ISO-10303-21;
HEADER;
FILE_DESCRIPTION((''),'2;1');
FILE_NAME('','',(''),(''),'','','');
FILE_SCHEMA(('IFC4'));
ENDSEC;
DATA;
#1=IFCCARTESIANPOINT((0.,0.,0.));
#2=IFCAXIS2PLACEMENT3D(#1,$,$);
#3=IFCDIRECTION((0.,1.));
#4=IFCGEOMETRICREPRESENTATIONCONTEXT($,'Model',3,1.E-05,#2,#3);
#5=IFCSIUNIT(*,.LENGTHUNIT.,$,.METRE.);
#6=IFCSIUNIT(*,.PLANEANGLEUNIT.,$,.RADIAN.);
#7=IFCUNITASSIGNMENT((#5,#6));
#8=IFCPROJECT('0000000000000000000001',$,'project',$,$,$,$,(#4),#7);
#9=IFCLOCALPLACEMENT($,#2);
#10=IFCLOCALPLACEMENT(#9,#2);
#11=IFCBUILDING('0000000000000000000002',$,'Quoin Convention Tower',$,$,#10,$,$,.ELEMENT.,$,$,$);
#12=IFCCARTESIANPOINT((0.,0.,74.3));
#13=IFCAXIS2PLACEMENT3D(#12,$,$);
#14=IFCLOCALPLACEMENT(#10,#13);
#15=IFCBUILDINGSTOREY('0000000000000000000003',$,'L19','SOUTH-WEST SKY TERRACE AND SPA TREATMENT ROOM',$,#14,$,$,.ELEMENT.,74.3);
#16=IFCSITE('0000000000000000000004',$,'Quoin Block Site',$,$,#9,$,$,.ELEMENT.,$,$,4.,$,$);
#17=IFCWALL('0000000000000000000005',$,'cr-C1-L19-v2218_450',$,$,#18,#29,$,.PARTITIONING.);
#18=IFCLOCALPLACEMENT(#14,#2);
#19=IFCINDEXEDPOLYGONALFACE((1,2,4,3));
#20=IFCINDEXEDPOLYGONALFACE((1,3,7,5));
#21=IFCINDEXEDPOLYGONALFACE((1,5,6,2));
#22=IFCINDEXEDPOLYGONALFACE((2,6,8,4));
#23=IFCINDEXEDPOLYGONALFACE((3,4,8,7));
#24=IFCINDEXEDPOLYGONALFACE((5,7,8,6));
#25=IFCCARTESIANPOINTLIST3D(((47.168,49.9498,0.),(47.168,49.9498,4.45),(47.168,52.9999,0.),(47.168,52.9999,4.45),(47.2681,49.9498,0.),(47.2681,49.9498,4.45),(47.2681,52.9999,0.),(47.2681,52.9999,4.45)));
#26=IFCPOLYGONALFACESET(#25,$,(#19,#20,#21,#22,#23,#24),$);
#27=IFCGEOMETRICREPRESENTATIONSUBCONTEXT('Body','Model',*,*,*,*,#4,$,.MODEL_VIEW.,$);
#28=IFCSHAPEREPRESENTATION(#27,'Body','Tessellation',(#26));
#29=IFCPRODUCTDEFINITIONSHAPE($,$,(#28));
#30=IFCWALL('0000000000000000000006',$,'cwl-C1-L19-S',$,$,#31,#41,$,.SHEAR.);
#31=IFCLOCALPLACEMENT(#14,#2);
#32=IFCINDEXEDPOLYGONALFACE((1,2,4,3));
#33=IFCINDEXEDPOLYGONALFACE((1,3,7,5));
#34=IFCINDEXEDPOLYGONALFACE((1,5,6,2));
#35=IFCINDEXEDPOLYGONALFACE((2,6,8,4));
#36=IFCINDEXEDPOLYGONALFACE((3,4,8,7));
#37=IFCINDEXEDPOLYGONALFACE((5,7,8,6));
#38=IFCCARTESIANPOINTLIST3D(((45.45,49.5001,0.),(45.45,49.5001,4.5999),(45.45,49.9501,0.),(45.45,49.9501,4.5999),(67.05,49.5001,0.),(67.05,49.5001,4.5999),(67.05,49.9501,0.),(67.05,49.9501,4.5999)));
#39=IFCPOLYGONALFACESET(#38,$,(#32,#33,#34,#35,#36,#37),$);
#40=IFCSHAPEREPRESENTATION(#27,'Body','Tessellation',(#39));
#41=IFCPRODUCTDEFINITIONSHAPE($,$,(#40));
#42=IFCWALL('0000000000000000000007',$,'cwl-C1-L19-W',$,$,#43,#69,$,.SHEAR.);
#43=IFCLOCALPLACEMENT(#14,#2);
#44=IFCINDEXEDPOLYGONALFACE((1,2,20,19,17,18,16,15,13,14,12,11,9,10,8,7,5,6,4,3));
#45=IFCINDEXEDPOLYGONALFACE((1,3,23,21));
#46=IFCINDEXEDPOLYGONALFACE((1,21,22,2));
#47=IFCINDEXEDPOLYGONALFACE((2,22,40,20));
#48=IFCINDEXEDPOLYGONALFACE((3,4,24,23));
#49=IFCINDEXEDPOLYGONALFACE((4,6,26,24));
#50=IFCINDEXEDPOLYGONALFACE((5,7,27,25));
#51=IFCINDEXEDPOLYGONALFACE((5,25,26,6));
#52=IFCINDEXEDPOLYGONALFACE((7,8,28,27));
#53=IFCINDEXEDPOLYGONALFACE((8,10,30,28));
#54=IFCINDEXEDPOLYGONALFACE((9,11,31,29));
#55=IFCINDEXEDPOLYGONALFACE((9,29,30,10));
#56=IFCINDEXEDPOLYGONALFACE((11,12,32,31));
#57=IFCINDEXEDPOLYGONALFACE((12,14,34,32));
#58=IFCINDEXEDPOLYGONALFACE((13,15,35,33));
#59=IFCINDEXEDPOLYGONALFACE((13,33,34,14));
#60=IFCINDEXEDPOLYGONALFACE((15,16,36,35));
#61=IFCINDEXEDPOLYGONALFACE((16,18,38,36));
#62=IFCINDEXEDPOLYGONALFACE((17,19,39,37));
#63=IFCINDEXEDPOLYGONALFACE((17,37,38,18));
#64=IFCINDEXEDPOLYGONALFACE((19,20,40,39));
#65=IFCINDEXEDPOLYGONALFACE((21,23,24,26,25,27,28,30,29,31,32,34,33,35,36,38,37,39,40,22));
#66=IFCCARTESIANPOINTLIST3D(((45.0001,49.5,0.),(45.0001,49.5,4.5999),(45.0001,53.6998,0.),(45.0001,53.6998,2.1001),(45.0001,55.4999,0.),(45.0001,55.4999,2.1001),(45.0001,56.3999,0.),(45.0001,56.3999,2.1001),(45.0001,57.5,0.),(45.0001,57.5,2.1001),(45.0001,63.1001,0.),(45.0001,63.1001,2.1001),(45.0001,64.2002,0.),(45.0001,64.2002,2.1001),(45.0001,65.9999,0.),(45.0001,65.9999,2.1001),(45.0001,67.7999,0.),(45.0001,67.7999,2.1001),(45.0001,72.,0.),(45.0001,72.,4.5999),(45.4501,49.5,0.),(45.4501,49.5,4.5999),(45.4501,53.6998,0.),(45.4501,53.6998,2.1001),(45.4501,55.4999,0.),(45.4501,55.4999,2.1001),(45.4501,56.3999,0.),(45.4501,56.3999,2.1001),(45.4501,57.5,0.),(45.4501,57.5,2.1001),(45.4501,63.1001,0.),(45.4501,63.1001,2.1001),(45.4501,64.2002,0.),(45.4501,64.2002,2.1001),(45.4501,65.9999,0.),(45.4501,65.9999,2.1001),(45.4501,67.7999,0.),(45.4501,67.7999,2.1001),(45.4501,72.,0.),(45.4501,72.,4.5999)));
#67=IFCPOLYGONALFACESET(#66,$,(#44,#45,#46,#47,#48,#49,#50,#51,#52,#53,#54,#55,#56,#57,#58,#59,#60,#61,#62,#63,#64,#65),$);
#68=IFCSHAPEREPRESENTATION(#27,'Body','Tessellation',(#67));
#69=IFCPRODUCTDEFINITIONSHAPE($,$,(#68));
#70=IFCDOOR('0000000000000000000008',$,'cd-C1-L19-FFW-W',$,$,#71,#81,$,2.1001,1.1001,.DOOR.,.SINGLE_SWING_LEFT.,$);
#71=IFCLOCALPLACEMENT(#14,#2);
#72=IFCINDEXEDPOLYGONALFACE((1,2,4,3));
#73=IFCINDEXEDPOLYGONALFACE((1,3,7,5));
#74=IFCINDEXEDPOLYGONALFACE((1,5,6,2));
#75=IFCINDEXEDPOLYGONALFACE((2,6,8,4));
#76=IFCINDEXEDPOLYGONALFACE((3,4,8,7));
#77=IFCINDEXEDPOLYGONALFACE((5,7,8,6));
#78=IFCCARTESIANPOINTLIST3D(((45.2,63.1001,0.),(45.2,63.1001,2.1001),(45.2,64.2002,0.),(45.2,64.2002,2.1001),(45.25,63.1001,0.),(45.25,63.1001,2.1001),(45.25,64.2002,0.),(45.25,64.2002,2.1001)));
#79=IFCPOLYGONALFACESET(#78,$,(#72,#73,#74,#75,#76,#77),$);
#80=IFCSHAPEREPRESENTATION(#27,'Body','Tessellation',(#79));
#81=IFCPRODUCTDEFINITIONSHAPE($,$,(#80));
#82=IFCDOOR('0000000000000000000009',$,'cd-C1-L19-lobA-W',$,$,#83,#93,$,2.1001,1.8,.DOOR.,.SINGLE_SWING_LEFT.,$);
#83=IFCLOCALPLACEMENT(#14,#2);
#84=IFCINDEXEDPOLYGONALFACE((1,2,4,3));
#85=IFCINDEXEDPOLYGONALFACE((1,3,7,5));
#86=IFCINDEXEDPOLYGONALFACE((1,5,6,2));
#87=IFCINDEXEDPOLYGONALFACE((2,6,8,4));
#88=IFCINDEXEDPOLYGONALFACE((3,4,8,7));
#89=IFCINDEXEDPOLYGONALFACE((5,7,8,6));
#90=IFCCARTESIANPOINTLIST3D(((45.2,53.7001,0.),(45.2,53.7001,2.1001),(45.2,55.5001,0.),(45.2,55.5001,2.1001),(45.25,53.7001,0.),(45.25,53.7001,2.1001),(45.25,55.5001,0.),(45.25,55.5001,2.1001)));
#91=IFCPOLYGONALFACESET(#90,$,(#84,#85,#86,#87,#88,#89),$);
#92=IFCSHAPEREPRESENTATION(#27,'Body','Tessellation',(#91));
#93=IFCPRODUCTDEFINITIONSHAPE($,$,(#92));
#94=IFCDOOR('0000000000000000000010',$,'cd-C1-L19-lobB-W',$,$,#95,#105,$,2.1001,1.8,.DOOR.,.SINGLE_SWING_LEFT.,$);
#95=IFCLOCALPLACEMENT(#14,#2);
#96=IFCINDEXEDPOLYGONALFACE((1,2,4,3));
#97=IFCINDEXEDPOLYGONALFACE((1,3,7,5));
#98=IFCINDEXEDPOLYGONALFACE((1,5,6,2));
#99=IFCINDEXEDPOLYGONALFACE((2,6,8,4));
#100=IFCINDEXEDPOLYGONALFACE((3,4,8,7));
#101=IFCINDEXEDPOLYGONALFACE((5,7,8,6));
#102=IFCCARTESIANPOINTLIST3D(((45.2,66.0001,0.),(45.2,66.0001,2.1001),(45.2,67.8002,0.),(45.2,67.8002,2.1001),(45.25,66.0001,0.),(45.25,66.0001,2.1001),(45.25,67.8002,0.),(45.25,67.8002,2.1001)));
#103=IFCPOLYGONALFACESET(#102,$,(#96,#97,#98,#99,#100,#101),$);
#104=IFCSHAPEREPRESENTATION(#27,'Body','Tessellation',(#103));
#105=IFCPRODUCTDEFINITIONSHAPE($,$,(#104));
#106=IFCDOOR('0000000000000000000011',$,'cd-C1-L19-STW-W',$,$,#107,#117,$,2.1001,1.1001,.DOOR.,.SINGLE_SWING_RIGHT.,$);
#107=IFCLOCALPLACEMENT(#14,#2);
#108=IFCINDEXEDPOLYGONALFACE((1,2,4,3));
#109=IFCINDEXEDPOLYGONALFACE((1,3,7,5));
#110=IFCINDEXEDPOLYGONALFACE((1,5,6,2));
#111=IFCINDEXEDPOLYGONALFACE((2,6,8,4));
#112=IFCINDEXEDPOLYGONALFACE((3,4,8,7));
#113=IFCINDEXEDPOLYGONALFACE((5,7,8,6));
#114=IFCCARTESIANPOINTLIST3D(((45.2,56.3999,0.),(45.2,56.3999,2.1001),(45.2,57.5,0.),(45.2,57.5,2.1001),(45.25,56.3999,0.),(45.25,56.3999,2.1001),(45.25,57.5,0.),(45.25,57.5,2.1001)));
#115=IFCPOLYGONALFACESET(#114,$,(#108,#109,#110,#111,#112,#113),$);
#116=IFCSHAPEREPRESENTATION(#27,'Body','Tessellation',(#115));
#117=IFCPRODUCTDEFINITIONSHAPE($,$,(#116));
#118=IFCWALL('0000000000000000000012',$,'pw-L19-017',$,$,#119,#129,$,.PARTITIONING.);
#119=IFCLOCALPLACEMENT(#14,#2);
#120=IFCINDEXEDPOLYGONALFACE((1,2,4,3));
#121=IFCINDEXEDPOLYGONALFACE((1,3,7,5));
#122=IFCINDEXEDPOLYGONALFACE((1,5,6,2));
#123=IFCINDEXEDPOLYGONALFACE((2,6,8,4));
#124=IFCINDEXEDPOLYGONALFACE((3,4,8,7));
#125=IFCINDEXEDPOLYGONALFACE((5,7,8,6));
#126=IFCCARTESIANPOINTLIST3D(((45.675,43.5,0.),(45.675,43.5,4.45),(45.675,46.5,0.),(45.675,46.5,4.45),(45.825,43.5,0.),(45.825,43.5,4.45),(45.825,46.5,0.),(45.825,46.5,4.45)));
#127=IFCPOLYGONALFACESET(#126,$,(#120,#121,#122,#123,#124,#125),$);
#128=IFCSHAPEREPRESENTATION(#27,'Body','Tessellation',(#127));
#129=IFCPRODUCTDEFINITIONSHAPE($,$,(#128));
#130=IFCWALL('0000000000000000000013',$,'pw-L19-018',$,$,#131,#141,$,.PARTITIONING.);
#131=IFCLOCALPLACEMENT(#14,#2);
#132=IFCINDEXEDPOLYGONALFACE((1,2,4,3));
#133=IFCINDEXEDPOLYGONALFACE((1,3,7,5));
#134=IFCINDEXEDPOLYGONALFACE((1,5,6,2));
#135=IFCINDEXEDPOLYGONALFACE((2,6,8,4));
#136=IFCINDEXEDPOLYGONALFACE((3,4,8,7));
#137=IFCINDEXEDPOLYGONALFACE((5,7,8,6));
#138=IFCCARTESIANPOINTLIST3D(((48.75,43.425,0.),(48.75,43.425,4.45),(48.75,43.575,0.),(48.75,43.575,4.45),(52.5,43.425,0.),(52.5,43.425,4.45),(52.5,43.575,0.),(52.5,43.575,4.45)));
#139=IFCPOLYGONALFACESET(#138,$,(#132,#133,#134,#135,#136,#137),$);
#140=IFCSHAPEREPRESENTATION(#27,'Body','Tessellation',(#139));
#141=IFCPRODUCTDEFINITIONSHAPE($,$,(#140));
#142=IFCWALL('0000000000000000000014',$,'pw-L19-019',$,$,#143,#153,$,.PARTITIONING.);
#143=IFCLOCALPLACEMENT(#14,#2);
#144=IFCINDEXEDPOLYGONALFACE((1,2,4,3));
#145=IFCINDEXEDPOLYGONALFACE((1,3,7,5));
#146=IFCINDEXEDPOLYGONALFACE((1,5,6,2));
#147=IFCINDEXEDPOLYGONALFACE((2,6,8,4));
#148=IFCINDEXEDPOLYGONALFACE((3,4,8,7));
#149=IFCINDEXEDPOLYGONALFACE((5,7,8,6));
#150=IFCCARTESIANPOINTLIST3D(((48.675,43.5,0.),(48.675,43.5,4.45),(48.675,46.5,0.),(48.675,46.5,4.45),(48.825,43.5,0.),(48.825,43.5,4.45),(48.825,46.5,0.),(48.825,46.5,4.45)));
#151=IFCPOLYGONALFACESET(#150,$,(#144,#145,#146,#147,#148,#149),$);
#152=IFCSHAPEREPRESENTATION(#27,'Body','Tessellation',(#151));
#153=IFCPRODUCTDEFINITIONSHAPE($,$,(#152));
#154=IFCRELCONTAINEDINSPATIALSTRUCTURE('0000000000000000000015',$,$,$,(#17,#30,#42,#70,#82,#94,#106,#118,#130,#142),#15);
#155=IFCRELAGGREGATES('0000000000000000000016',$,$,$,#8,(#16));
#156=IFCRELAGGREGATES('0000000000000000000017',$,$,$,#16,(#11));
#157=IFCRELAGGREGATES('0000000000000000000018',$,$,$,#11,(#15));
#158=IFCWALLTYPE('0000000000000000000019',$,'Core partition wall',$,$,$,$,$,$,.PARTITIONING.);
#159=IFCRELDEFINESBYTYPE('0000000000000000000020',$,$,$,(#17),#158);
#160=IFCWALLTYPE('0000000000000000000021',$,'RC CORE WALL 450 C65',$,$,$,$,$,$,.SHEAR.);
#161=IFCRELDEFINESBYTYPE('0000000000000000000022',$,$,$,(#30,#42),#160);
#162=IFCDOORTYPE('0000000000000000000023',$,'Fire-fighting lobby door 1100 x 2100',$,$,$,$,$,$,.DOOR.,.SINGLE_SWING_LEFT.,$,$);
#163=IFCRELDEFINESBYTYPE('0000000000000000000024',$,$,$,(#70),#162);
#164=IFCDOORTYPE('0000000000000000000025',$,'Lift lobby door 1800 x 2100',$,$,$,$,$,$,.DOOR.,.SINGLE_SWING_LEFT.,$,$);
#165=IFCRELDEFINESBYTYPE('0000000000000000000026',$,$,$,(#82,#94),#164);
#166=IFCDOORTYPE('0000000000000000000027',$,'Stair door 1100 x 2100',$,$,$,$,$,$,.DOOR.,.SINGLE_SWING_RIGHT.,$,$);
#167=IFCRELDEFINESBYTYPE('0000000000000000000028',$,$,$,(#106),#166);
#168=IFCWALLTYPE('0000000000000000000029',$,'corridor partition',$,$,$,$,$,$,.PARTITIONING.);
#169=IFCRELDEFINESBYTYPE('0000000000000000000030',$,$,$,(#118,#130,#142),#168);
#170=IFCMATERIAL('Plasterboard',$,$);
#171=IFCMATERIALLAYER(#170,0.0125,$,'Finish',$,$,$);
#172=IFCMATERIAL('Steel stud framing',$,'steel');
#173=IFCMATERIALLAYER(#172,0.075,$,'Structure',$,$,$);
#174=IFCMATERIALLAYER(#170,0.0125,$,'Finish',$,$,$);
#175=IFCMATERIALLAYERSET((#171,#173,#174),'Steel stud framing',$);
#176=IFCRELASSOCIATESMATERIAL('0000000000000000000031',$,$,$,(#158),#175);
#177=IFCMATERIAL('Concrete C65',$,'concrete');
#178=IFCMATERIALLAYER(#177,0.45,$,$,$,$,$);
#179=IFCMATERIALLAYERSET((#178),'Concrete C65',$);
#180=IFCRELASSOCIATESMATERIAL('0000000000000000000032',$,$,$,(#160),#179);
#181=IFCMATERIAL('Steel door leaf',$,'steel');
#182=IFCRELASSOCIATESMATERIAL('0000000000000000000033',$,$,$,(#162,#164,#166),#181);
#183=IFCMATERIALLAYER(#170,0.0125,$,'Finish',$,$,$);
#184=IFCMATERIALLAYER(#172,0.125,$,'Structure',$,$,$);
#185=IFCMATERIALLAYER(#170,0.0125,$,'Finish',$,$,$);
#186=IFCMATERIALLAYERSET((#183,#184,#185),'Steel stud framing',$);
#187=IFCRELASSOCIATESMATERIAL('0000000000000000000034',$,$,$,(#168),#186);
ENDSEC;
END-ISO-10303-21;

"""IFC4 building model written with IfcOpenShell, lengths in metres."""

from ifc_helpers import new_model, si_unit, direction, frame, frame_2d, origin, place, context, subcontext, project, spatial, rectangle, extrude, material, layer, layer_set, type_object, element, fill, save


model = new_model("IFC4")

# Units and contexts
model_context = context("Model", 3, precision=1e-05, world=origin(), true_north=direction((0.0, 1.0)))
body_context = subcontext(model_context, "Body", "Model", "MODEL_VIEW")
ifc_project = project(units=[si_unit("LENGTHUNIT", "METRE"), si_unit("PLANEANGLEUNIT", "RADIAN")], contexts=[model_context])

# Site, building, storey
site_placement = place(None, origin())
site = spatial("IfcSite", under=ifc_project, at=site_placement, Name="Quoin Block Site", CompositionType="ELEMENT", RefElevation=4.0)
building_placement = place(site_placement, origin())
building = spatial("IfcBuilding", under=site, at=building_placement, Name="Quoin Convention Tower", CompositionType="ELEMENT")
storey_placement = place(building_placement, frame((0.0, 0.0, 74.3)))
storey = spatial("IfcBuildingStorey", under=building, at=storey_placement, Name="L19", Description="SOUTH-WEST SKY TERRACE AND SPA TREATMENT ROOM", CompositionType="ELEMENT", Elevation=74.3)

# Walls
ifc_material_1 = material(Name="Plasterboard")
ifc_layer_1 = layer(ifc_material_1, 0.0125, Name="Finish")
ifc_material_2 = material(Name="Steel stud framing", Category="steel")
ifc_layer_2 = layer(ifc_material_2, 0.075, Name="Structure")
ifc_layer_3 = layer(ifc_material_1, 0.0125, Name="Finish")
ifc_layer_set_1 = layer_set([ifc_layer_1, ifc_layer_2, ifc_layer_3], Name="Steel stud framing")
wall_type_1 = type_object("IfcWallType", Name="Core partition wall", PredefinedType="PARTITIONING", material=ifc_layer_set_1)
wall_1_placement = place(storey_placement, frame((47.218, 49.95, 0.0), z_axis=(0.0, 0.0, 1.0), x_axis=(0.0, 1.0, 0.0)))
element("IfcWall", 1, at=wall_1_placement, inside=storey, type_object=wall_type_1, Name="cr-C1-L19-v2218_450", PredefinedType="PARTITIONING", context=body_context, shape_type="SweptSolid", body=[
    extrude(rectangle(XDim=3.05, YDim=0.1001, at=frame_2d((1.5249, 0.0))), origin(), (0.0, 0.0, 1.0), 4.45),
])
ifc_material_3 = material(Name="Concrete C65", Category="concrete")
ifc_layer_4 = layer(ifc_material_3, 0.45)
ifc_layer_set_2 = layer_set([ifc_layer_4], Name="Concrete C65")
wall_type_2 = type_object("IfcWallType", Name="RC CORE WALL 450 C65", PredefinedType="SHEAR", material=ifc_layer_set_2)
wall_2_placement = place(storey_placement, frame((45.45, 49.7251, 0.0), z_axis=(0.0, 0.0, 1.0), x_axis=(1.0, 0.0, 0.0)))
element("IfcWall", 2, at=wall_2_placement, inside=storey, type_object=wall_type_2, Name="cwl-C1-L19-S", PredefinedType="SHEAR", context=body_context, shape_type="SweptSolid", body=[
    extrude(rectangle(XDim=21.6001, YDim=0.45, at=frame_2d((10.8, 0.0))), origin(), (0.0, 0.0, 1.0), 4.5999),
])

# Wall, openings, doors
wall_3_placement = place(storey_placement, frame((45.2251, 49.5, 0.0), z_axis=(0.0, 0.0, 1.0), x_axis=(0.0, 1.0, 0.0)))
wall_3 = element("IfcWall", 3, at=wall_3_placement, inside=storey, type_object=wall_type_2, Name="cwl-C1-L19-W", PredefinedType="SHEAR", context=body_context, shape_type="SweptSolid", body=[
    extrude(rectangle(XDim=22.5, YDim=0.45, at=frame_2d((11.25, 0.0))), origin(), (0.0, 0.0, 1.0), 4.5999),
])
opening_1_placement = place(wall_3_placement, frame((4.2, 0.0, 0.0)))
opening_1 = element("IfcOpeningElement", 4, at=opening_1_placement, cuts=wall_3, PredefinedType="OPENING", context=body_context, shape_type="SweptSolid", body=[
    extrude(rectangle(XDim=1.8, YDim=2.1001, at=frame_2d((0.8999, 1.05))), frame((0.0, 0.2349, 0.0), z_axis=(0.0, -1.0, 0.0), x_axis=(1.0, 0.0, 0.0)), (0.0, 0.0, 1.0), 0.47),
])
opening_2_placement = place(wall_3_placement, frame((6.8999, 0.0, 0.0)))
opening_2 = element("IfcOpeningElement", 5, at=opening_2_placement, cuts=wall_3, PredefinedType="OPENING", context=body_context, shape_type="SweptSolid", body=[
    extrude(rectangle(XDim=1.1001, YDim=2.1001, at=frame_2d((0.55, 1.05))), frame((0.0, 0.2349, 0.0), z_axis=(0.0, -1.0, 0.0), x_axis=(1.0, 0.0, 0.0)), (0.0, 0.0, 1.0), 0.47),
])
opening_3_placement = place(wall_3_placement, frame((13.6001, 0.0, 0.0)))
opening_3 = element("IfcOpeningElement", 6, at=opening_3_placement, cuts=wall_3, PredefinedType="OPENING", context=body_context, shape_type="SweptSolid", body=[
    extrude(rectangle(XDim=1.1001, YDim=2.1001, at=frame_2d((0.55, 1.05))), frame((0.0, 0.2349, 0.0), z_axis=(0.0, -1.0, 0.0), x_axis=(1.0, 0.0, 0.0)), (0.0, 0.0, 1.0), 0.47),
])
opening_4_placement = place(wall_3_placement, frame((16.5, 0.0, 0.0)))
opening_4 = element("IfcOpeningElement", 7, at=opening_4_placement, cuts=wall_3, PredefinedType="OPENING", context=body_context, shape_type="SweptSolid", body=[
    extrude(rectangle(XDim=1.8, YDim=2.1001, at=frame_2d((0.8999, 1.05))), frame((0.0, 0.2349, 0.0), z_axis=(0.0, -1.0, 0.0), x_axis=(1.0, 0.0, 0.0)), (0.0, 0.0, 1.0), 0.47),
])
ifc_material_4 = material(Name="Steel door leaf", Category="steel")
door_type_1 = type_object("IfcDoorType", Name="Fire-fighting lobby door 1100 x 2100", OperationType="SINGLE_SWING_LEFT", PredefinedType="DOOR", material=ifc_material_4)
door_1_placement = place(opening_3_placement, frame((1.1001, 0.0, 0.0), z_axis=(0.0, 0.0, 1.0), x_axis=(-1.0, 0.0, 0.0)))
door_1 = element("IfcDoor", 8, at=door_1_placement, inside=storey, type_object=door_type_1, Name="cd-C1-L19-FFW-W", OperationType="SINGLE_SWING_LEFT", OverallHeight=2.1001, OverallWidth=1.1001, PredefinedType="DOOR", context=body_context, shape_type="SweptSolid", body=[
    extrude(rectangle(XDim=1.1001, YDim=2.1001, at=frame_2d((0.55, 1.05))), frame((0.0, 0.0249, 0.0), z_axis=(0.0, -1.0, 0.0), x_axis=(1.0, 0.0, 0.0)), (0.0, 0.0, 1.0), 0.05),
])
fill(opening_3, door_1)
door_type_2 = type_object("IfcDoorType", Name="Lift lobby door 1800 x 2100", OperationType="SINGLE_SWING_LEFT", PredefinedType="DOOR", material=ifc_material_4)
door_2_placement = place(opening_1_placement, frame((1.8, 0.0, 0.0), z_axis=(0.0, 0.0, 1.0), x_axis=(-1.0, 0.0, 0.0)))
door_2 = element("IfcDoor", 9, at=door_2_placement, inside=storey, type_object=door_type_2, Name="cd-C1-L19-lobA-W", OperationType="SINGLE_SWING_LEFT", OverallHeight=2.1001, OverallWidth=1.8, PredefinedType="DOOR", context=body_context, shape_type="SweptSolid", body=[
    extrude(rectangle(XDim=1.8, YDim=2.1001, at=frame_2d((0.8999, 1.05))), frame((0.0, 0.0249, 0.0), z_axis=(0.0, -1.0, 0.0), x_axis=(1.0, 0.0, 0.0)), (0.0, 0.0, 1.0), 0.05),
])
fill(opening_1, door_2)
door_3_placement = place(opening_4_placement, frame((1.8, 0.0, 0.0), z_axis=(0.0, 0.0, 1.0), x_axis=(-1.0, 0.0, 0.0)))
door_3 = element("IfcDoor", 10, at=door_3_placement, inside=storey, type_object=door_type_2, Name="cd-C1-L19-lobB-W", OperationType="SINGLE_SWING_LEFT", OverallHeight=2.1001, OverallWidth=1.8, PredefinedType="DOOR", context=body_context, shape_type="SweptSolid", body=[
    extrude(rectangle(XDim=1.8, YDim=2.1001, at=frame_2d((0.8999, 1.05))), frame((0.0, 0.0249, 0.0), z_axis=(0.0, -1.0, 0.0), x_axis=(1.0, 0.0, 0.0)), (0.0, 0.0, 1.0), 0.05),
])
fill(opening_4, door_3)
door_type_3 = type_object("IfcDoorType", Name="Stair door 1100 x 2100", OperationType="SINGLE_SWING_RIGHT", PredefinedType="DOOR", material=ifc_material_4)
door_4_placement = place(opening_2_placement, frame((1.1001, 0.0, 0.0), z_axis=(0.0, 0.0, 1.0), x_axis=(-1.0, 0.0, 0.0)))
door_4 = element("IfcDoor", 11, at=door_4_placement, inside=storey, type_object=door_type_3, Name="cd-C1-L19-STW-W", OperationType="SINGLE_SWING_RIGHT", OverallHeight=2.1001, OverallWidth=1.1001, PredefinedType="DOOR", context=body_context, shape_type="SweptSolid", body=[
    extrude(rectangle(XDim=1.1001, YDim=2.1001, at=frame_2d((0.55, 1.05))), frame((0.0, 0.0249, 0.0), z_axis=(0.0, -1.0, 0.0), x_axis=(1.0, 0.0, 0.0)), (0.0, 0.0, 1.0), 0.05),
])
fill(opening_2, door_4)

# Walls
ifc_layer_5 = layer(ifc_material_1, 0.0125, Name="Finish")
ifc_layer_6 = layer(ifc_material_2, 0.125, Name="Structure")
ifc_layer_7 = layer(ifc_material_1, 0.0125, Name="Finish")
ifc_layer_set_3 = layer_set([ifc_layer_5, ifc_layer_6, ifc_layer_7], Name="Steel stud framing")
wall_type_3 = type_object("IfcWallType", Name="corridor partition", PredefinedType="PARTITIONING", material=ifc_layer_set_3)
wall_4_placement = place(storey_placement, frame((45.75, 43.5, 0.0), z_axis=(0.0, 0.0, 1.0), x_axis=(0.0, 1.0, 0.0)))
element("IfcWall", 12, at=wall_4_placement, inside=storey, type_object=wall_type_3, Name="pw-L19-017", PredefinedType="PARTITIONING", context=body_context, shape_type="SweptSolid", body=[
    extrude(rectangle(XDim=3.0, YDim=0.1499, at=frame_2d((1.5, 0.0))), origin(), (0.0, 0.0, 1.0), 4.45),
])
wall_5_placement = place(storey_placement, frame((48.75, 43.5, 0.0), z_axis=(0.0, 0.0, 1.0), x_axis=(1.0, 0.0, 0.0)))
element("IfcWall", 13, at=wall_5_placement, inside=storey, type_object=wall_type_3, Name="pw-L19-018", PredefinedType="PARTITIONING", context=body_context, shape_type="SweptSolid", body=[
    extrude(rectangle(XDim=3.75, YDim=0.1499, at=frame_2d((1.875, 0.0))), origin(), (0.0, 0.0, 1.0), 4.45),
])
wall_6_placement = place(storey_placement, frame((48.75, 43.5, 0.0), z_axis=(0.0, 0.0, 1.0), x_axis=(0.0, 1.0, 0.0)))
element("IfcWall", 14, at=wall_6_placement, inside=storey, type_object=wall_type_3, Name="pw-L19-019", PredefinedType="PARTITIONING", context=body_context, shape_type="SweptSolid", body=[
    extrude(rectangle(XDim=3.0, YDim=0.1499, at=frame_2d((1.5, 0.0))), origin(), (0.0, 0.0, 1.0), 4.45),
])

save(model, "model.ifc")
